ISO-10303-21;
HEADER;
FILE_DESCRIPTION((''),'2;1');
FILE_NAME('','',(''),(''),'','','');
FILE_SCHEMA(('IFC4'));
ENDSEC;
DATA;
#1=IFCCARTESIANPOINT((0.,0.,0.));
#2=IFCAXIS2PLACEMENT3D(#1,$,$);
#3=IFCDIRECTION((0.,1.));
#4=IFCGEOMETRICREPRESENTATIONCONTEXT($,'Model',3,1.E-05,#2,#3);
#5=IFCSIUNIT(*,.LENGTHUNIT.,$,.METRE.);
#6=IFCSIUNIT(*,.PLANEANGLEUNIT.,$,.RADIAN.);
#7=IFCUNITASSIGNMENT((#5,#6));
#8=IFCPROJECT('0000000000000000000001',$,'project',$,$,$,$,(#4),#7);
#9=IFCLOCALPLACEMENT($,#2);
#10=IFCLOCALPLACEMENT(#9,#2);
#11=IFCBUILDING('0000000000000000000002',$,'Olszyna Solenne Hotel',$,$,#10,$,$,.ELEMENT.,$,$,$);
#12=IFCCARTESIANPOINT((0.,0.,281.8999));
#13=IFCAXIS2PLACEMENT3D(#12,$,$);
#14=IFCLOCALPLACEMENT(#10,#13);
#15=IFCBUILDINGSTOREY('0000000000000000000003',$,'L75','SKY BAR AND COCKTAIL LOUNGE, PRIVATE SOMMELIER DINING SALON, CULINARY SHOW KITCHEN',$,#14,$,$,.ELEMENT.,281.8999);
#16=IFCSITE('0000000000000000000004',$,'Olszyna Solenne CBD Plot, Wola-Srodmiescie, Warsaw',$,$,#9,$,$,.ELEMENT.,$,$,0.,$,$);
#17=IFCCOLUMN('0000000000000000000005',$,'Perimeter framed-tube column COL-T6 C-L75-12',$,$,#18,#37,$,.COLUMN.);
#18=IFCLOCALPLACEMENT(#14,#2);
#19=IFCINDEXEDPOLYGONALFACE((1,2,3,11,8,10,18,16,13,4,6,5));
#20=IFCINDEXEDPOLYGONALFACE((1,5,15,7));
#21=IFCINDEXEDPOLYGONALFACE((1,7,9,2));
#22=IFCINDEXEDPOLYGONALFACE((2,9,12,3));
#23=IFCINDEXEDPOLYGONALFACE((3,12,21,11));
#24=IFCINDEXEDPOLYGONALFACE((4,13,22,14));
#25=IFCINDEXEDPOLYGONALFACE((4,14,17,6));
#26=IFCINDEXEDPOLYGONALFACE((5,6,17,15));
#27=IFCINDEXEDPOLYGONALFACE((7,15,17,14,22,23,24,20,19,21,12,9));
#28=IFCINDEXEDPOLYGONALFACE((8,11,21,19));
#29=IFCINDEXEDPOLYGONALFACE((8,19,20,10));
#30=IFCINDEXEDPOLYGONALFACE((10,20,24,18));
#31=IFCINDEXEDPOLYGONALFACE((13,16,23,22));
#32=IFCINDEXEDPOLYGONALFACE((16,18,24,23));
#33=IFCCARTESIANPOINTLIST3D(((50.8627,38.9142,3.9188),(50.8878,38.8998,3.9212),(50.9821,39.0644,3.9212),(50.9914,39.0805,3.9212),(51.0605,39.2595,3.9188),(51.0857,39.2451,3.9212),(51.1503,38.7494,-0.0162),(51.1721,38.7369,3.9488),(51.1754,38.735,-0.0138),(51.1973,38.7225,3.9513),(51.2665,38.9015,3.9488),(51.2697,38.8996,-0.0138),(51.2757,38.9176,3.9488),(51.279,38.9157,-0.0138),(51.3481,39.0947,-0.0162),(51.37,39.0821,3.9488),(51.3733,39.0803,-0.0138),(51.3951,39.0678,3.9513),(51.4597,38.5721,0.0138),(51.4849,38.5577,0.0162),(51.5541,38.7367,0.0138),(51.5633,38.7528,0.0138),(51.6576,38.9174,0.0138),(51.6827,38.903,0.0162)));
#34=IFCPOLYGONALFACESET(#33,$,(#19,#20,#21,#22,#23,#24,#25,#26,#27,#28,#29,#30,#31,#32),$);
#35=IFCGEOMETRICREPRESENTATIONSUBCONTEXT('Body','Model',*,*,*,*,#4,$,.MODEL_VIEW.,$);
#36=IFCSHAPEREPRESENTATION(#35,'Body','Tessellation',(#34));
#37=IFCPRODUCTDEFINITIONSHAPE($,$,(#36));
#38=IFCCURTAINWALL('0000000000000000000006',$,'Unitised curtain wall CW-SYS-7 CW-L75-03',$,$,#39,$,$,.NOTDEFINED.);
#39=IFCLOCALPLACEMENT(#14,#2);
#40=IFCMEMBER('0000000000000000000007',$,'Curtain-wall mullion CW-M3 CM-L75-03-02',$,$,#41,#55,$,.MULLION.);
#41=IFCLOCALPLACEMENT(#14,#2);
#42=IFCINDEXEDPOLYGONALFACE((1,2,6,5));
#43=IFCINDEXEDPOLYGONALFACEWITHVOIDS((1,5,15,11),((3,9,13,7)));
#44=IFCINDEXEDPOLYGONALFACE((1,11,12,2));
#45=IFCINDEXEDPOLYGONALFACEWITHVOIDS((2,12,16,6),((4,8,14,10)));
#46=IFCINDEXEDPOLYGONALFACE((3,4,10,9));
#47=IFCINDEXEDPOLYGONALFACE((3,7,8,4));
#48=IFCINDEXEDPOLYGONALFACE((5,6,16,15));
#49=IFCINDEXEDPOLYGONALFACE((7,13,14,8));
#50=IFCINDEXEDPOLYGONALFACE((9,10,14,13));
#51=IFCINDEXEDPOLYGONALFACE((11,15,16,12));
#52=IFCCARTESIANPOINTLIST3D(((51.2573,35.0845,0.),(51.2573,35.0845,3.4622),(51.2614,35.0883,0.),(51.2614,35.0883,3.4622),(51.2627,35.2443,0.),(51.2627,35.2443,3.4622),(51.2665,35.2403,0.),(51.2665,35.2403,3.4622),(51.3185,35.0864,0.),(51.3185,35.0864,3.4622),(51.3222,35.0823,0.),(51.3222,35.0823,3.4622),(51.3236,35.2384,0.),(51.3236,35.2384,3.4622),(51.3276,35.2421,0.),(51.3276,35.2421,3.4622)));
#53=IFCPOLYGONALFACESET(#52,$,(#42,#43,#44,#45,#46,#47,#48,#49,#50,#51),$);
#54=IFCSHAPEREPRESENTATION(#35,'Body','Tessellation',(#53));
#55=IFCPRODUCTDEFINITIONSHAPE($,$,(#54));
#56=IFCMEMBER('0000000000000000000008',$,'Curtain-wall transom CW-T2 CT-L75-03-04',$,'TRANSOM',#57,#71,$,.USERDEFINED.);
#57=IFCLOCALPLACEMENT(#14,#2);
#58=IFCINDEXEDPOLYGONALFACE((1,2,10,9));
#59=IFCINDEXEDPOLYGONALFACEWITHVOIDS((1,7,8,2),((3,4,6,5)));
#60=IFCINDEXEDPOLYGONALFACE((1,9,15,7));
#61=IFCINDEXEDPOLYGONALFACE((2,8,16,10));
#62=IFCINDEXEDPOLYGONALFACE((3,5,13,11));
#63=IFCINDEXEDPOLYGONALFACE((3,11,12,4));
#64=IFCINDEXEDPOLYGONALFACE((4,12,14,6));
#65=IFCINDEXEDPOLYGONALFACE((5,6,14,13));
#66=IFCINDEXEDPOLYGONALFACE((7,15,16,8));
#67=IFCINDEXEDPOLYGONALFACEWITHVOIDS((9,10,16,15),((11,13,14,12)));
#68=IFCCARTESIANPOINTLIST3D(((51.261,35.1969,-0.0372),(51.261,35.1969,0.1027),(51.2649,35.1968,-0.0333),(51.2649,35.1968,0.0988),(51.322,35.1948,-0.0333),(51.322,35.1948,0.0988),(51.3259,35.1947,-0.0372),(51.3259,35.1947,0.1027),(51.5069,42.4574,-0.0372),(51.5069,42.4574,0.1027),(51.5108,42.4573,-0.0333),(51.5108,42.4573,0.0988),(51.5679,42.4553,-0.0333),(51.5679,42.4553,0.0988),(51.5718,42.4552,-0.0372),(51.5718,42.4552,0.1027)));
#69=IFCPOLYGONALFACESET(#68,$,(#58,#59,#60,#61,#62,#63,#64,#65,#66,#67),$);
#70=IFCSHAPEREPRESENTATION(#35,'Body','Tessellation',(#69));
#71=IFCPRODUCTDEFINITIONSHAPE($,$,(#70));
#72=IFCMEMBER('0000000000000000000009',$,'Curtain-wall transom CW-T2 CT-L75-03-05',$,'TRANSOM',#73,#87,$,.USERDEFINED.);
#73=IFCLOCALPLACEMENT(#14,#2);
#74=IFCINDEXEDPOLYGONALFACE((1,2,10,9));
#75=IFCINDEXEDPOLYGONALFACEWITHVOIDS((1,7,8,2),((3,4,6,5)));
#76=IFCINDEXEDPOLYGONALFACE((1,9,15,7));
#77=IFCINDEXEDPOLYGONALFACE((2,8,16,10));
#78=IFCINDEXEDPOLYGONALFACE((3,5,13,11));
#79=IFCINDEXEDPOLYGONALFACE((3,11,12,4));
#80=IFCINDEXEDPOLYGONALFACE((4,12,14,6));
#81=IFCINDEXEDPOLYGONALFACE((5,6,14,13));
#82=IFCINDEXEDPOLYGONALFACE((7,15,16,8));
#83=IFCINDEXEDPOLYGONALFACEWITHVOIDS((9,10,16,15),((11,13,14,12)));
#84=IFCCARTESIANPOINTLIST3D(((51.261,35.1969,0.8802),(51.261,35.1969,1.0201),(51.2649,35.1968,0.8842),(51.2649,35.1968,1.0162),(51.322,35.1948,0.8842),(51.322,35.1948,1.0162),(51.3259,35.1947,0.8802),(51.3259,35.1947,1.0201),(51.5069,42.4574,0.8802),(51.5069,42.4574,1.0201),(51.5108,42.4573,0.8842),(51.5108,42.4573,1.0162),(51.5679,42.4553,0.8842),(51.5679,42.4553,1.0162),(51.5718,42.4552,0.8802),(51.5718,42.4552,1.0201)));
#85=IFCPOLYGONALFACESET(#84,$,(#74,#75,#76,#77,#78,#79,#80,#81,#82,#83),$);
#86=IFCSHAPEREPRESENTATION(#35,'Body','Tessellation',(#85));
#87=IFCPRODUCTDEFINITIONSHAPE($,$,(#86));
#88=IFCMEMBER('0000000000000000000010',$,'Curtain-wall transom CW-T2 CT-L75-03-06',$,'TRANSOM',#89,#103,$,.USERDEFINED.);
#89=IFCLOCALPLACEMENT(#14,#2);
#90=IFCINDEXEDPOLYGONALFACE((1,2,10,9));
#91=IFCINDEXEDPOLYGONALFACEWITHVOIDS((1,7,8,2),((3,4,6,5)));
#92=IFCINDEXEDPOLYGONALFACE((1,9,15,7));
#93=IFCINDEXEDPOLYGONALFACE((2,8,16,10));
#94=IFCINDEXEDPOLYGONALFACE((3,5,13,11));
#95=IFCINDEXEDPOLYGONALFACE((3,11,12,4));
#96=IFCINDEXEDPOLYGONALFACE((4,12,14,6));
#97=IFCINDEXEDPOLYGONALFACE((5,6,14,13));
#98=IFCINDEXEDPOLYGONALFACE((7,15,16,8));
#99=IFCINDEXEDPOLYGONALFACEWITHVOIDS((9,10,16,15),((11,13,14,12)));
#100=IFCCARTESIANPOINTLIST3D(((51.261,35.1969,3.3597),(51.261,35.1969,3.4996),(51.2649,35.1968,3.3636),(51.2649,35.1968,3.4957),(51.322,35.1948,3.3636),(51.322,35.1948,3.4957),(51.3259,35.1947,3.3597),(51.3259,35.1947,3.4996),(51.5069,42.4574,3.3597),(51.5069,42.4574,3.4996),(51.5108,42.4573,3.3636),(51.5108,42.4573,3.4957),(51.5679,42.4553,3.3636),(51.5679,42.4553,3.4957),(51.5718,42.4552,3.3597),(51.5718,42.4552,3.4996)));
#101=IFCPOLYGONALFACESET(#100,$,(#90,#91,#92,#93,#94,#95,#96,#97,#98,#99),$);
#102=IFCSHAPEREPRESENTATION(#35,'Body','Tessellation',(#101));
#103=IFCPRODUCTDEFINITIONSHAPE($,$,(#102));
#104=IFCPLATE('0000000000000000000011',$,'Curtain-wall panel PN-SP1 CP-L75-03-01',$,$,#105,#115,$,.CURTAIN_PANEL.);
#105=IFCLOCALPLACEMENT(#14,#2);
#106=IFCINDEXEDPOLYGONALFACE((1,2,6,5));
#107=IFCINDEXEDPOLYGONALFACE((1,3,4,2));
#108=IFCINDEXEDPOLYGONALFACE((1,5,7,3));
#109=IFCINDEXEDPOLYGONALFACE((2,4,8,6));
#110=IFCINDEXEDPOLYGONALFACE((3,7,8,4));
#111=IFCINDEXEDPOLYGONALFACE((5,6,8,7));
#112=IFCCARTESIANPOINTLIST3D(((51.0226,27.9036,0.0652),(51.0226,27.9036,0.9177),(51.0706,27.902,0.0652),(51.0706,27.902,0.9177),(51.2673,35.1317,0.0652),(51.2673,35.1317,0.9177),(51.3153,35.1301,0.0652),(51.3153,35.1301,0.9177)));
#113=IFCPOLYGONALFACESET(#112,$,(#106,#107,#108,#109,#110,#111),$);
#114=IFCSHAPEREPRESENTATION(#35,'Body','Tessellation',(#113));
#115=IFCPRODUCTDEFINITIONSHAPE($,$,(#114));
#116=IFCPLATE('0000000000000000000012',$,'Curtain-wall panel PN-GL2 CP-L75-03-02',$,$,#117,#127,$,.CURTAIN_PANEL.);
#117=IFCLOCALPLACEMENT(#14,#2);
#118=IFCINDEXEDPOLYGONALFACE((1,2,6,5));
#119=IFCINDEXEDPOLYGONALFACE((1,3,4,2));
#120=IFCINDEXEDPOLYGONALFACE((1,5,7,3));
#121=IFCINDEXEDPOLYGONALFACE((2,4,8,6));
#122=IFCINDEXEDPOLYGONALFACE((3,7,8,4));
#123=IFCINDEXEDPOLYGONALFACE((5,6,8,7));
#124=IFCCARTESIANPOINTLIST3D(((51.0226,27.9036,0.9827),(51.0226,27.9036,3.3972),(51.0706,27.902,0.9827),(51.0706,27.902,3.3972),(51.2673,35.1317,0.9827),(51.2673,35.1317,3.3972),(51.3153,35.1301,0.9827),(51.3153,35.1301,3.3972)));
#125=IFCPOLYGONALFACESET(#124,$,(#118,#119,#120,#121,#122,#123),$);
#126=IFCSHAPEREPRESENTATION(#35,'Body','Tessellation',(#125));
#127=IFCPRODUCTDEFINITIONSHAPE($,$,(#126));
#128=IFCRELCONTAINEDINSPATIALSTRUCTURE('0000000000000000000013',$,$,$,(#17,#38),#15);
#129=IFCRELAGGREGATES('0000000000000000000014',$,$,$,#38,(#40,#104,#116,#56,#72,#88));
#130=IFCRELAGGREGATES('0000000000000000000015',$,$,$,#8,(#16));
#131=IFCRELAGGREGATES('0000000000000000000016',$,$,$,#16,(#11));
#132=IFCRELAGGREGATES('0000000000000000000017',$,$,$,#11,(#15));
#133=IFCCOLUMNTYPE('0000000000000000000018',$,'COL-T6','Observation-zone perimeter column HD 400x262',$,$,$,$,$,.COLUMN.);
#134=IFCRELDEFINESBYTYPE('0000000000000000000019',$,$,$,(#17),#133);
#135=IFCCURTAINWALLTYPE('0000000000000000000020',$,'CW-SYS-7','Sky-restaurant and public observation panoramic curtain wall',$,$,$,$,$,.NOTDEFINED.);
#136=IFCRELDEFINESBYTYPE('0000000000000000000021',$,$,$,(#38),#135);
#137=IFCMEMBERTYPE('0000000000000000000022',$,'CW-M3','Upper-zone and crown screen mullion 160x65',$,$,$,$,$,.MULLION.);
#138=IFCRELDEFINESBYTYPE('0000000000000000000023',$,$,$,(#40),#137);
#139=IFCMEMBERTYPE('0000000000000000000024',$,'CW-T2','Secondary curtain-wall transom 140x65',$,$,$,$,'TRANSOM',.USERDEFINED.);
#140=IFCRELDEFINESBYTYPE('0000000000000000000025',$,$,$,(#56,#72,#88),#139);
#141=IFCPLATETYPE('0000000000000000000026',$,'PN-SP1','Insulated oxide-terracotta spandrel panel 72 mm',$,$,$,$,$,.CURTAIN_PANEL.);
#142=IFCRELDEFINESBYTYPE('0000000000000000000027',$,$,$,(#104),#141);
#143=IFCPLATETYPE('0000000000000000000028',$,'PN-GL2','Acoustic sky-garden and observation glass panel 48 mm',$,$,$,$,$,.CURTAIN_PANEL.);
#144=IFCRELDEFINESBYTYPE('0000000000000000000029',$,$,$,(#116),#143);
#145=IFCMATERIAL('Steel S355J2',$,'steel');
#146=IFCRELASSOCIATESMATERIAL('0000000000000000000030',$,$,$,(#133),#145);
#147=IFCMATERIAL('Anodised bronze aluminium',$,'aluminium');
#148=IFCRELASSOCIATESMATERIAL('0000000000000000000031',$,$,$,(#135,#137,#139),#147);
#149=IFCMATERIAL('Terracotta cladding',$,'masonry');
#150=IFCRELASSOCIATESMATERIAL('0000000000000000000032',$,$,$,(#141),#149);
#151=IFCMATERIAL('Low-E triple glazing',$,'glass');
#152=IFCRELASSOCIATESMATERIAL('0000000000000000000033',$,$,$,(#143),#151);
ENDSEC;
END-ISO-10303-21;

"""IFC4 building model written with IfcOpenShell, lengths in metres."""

from ifc_helpers import new_model, si_unit, direction, frame, origin, origin_2d, place, context, subcontext, project, spatial, rectangle, hollow_rectangle, i_section, extrude, source, transform, mapped, material, material_profile, profile_set, type_object, element, aggregate, save


model = new_model("IFC4")

# Units and contexts
model_context = context("Model", 3, precision=1e-05, world=origin(), true_north=direction((0.0, 1.0)))
body_context = subcontext(model_context, "Body", "Model", "MODEL_VIEW")
ifc_project = project(units=[si_unit("LENGTHUNIT", "METRE"), si_unit("PLANEANGLEUNIT", "RADIAN")], contexts=[model_context])

# Site, building, storey
site_placement = place(None, origin())
site = spatial("IfcSite", under=ifc_project, at=site_placement, Name="Olszyna Solenne CBD Plot, Wola-Srodmiescie, Warsaw", CompositionType="ELEMENT", RefElevation=0.0)
building_placement = place(site_placement, origin())
building = spatial("IfcBuilding", under=site, at=building_placement, Name="Olszyna Solenne Hotel", CompositionType="ELEMENT")
storey_placement = place(building_placement, frame((0.0, 0.0, 281.8999)))
storey = spatial("IfcBuildingStorey", under=building, at=storey_placement, Name="L75", Description="SKY BAR AND COCKTAIL LOUNGE, PRIVATE SOMMELIER DINING SALON, CULINARY SHOW KITCHEN", CompositionType="ELEMENT", Elevation=281.8999)

# Column
ifc_material_1 = material(Name="Steel S355J2", Category="steel")
ifc_material_profile_1 = material_profile(ifc_material_1, i_section(OverallWidth=0.3979, OverallDepth=0.387, WebThickness=0.0186, FlangeThickness=0.0291, at=origin_2d()), Name="HD 400x262", Category="load-bearing")
ifc_profile_set_1 = profile_set([ifc_material_profile_1], Name="Steel S355J2")
column_type = type_object("IfcColumnType", Name="COL-T6", Description="Observation-zone perimeter column HD 400x262", PredefinedType="COLUMN", material=ifc_profile_set_1)
shared_shape_1 = source(origin(), body_context, "Body", "SweptSolid", [
    extrude(i_section(OverallWidth=0.3979, OverallDepth=0.387, WebThickness=0.0186, FlangeThickness=0.0291, at=origin_2d()), origin(), (0.0, 0.0, 1.0), 3.949),
])
column_placement = place(storey_placement, frame((51.4165, 38.8262, 0.0), z_axis=(-0.072828, 0.041731, 0.996471), x_axis=(-0.49717, -0.867653, 0.0)))
element("IfcColumn", 1, at=column_placement, inside=storey, type_object=column_type, Name="Perimeter framed-tube column COL-T6 C-L75-12", PredefinedType="COLUMN", context=body_context, shape_type="MappedRepresentation", body=[
    mapped(shared_shape_1, transform((0.0, 0.0, 0.0), x_axis=(1.0, 0.0, 0.0), y_axis=(0.0, 1.0, 0.0), z_axis=(0.0, 0.0, 1.0), scale=1.0)),
])

# Curtain wall, members, plates
ifc_material_2 = material(Name="Anodised bronze aluminium", Category="aluminium")
curtain_wall_type = type_object("IfcCurtainWallType", Name="CW-SYS-7", Description="Sky-restaurant and public observation panoramic curtain wall", PredefinedType="NOTDEFINED", material=ifc_material_2)
curtain_wall_placement = place(storey_placement, origin())
curtain_wall = element("IfcCurtainWall", 2, at=curtain_wall_placement, inside=storey, type_object=curtain_wall_type, Name="Unitised curtain wall CW-SYS-7 CW-L75-03", PredefinedType="NOTDEFINED")
ifc_material_profile_2 = material_profile(ifc_material_2, hollow_rectangle(XDim=0.0649, YDim=0.1599, WallThickness=0.0039, at=origin_2d()), Name="MULL 160x65x4", Category="load-bearing")
ifc_profile_set_2 = profile_set([ifc_material_profile_2], Name="Anodised bronze aluminium")
member_type_1 = type_object("IfcMemberType", Name="CW-M3", Description="Upper-zone and crown screen mullion 160x65", PredefinedType="MULLION", material=ifc_profile_set_2)
shared_shape_2 = source(origin(), body_context, "Body", "SweptSolid", [
    extrude(hollow_rectangle(XDim=0.0649, YDim=0.1599, WallThickness=0.0039, at=origin_2d()), origin(), (0.0, 0.0, 1.0), 3.4622),
])
member_1_placement = place(storey_placement, frame((51.2925, 35.1633, 0.0), z_axis=(0.0, 0.0, 1.0), x_axis=(-0.999427, 0.033835, 0.0)))
member_1 = element("IfcMember", 3, at=member_1_placement, type_object=member_type_1, Name="Curtain-wall mullion CW-M3 CM-L75-03-02", PredefinedType="MULLION", context=body_context, shape_type="MappedRepresentation", body=[
    mapped(shared_shape_2, transform((0.0, 0.0, 0.0), x_axis=(1.0, 0.0, 0.0), y_axis=(0.0, 1.0, 0.0), z_axis=(0.0, 0.0, 1.0), scale=1.0)),
])
ifc_material_profile_3 = material_profile(ifc_material_2, hollow_rectangle(XDim=0.0649, YDim=0.1399, WallThickness=0.0039, at=origin_2d()), Name="TRAN 140x65x4", Category="load-bearing")
ifc_profile_set_3 = profile_set([ifc_material_profile_3], Name="Anodised bronze aluminium")
member_type_2 = type_object("IfcMemberType", Name="CW-T2", Description="Secondary curtain-wall transom 140x65", ElementType="TRANSOM", PredefinedType="USERDEFINED", material=ifc_profile_set_3)
shared_shape_3 = source(origin(), body_context, "Body", "SweptSolid", [
    extrude(hollow_rectangle(XDim=0.0649, YDim=0.1399, WallThickness=0.0039, at=origin_2d()), origin(), (0.0, 0.0, 1.0), 7.2646),
])
member_2_placement = place(storey_placement, frame((51.2935, 35.1958, 0.0327), z_axis=(0.033842, 0.999427, 0.0), x_axis=(-0.999427, 0.033842, 0.0)))
member_2 = element("IfcMember", 4, at=member_2_placement, type_object=member_type_2, Name="Curtain-wall transom CW-T2 CT-L75-03-04", ObjectType="TRANSOM", PredefinedType="USERDEFINED", context=body_context, shape_type="MappedRepresentation", body=[
    mapped(shared_shape_3, transform((0.0, 0.0, 0.0), x_axis=(1.0, 0.0, 0.0), y_axis=(0.0, 1.0, 0.0), z_axis=(0.0, 0.0, 1.0), scale=1.0)),
])
member_3_placement = place(storey_placement, frame((51.2935, 35.1958, 0.9502), z_axis=(0.033842, 0.999427, 0.0), x_axis=(-0.999427, 0.033842, 0.0)))
member_3 = element("IfcMember", 5, at=member_3_placement, type_object=member_type_2, Name="Curtain-wall transom CW-T2 CT-L75-03-05", ObjectType="TRANSOM", PredefinedType="USERDEFINED", context=body_context, shape_type="MappedRepresentation", body=[
    mapped(shared_shape_3, transform((0.0, 0.0, 0.0), x_axis=(1.0, 0.0, 0.0), y_axis=(0.0, 1.0, 0.0), z_axis=(0.0, 0.0, 1.0), scale=1.0)),
])
member_4_placement = place(storey_placement, frame((51.2935, 35.1958, 3.4297), z_axis=(0.033842, 0.999427, 0.0), x_axis=(-0.999427, 0.033842, 0.0)))
member_4 = element("IfcMember", 6, at=member_4_placement, type_object=member_type_2, Name="Curtain-wall transom CW-T2 CT-L75-03-06", ObjectType="TRANSOM", PredefinedType="USERDEFINED", context=body_context, shape_type="MappedRepresentation", body=[
    mapped(shared_shape_3, transform((0.0, 0.0, 0.0), x_axis=(1.0, 0.0, 0.0), y_axis=(0.0, 1.0, 0.0), z_axis=(0.0, 0.0, 1.0), scale=1.0)),
])
ifc_material_3 = material(Name="Terracotta cladding", Category="masonry")
plate_type_1 = type_object("IfcPlateType", Name="PN-SP1", Description="Insulated oxide-terracotta spandrel panel 72 mm", PredefinedType="CURTAIN_PANEL", material=ifc_material_3)
shared_shape_4 = source(origin(), body_context, "Body", "SweptSolid", [
    extrude(rectangle(XDim=7.2322, YDim=0.0481, at=origin_2d()), origin(), (0.0, 0.0, 1.0), 0.8525),
])
plate_1_placement = place(storey_placement, frame((51.1689, 31.5168, 0.0652), z_axis=(0.0, 0.0, 1.0), x_axis=(0.033835, 0.999427, 0.0)))
plate_1 = element("IfcPlate", 7, at=plate_1_placement, type_object=plate_type_1, Name="Curtain-wall panel PN-SP1 CP-L75-03-01", PredefinedType="CURTAIN_PANEL", context=body_context, shape_type="MappedRepresentation", body=[
    mapped(shared_shape_4, transform((0.0, 0.0, 0.0), x_axis=(1.0, 0.0, 0.0), y_axis=(0.0, 1.0, 0.0), z_axis=(0.0, 0.0, 1.0), scale=1.0)),
])
ifc_material_4 = material(Name="Low-E triple glazing", Category="glass")
plate_type_2 = type_object("IfcPlateType", Name="PN-GL2", Description="Acoustic sky-garden and observation glass panel 48 mm", PredefinedType="CURTAIN_PANEL", material=ifc_material_4)
shared_shape_5 = source(origin(), body_context, "Body", "SweptSolid", [
    extrude(rectangle(XDim=7.2322, YDim=0.0481, at=origin_2d()), origin(), (0.0, 0.0, 1.0), 2.4146),
])
plate_2_placement = place(storey_placement, frame((51.1689, 31.5168, 0.9827), z_axis=(0.0, 0.0, 1.0), x_axis=(0.033835, 0.999427, 0.0)))
plate_2 = element("IfcPlate", 8, at=plate_2_placement, type_object=plate_type_2, Name="Curtain-wall panel PN-GL2 CP-L75-03-02", PredefinedType="CURTAIN_PANEL", context=body_context, shape_type="MappedRepresentation", body=[
    mapped(shared_shape_5, transform((0.0, 0.0, 0.0), x_axis=(1.0, 0.0, 0.0), y_axis=(0.0, 1.0, 0.0), z_axis=(0.0, 0.0, 1.0), scale=1.0)),
])
aggregate(curtain_wall, [member_1, plate_1, plate_2, member_2, member_3, member_4])

save(model, "model.ifc")
